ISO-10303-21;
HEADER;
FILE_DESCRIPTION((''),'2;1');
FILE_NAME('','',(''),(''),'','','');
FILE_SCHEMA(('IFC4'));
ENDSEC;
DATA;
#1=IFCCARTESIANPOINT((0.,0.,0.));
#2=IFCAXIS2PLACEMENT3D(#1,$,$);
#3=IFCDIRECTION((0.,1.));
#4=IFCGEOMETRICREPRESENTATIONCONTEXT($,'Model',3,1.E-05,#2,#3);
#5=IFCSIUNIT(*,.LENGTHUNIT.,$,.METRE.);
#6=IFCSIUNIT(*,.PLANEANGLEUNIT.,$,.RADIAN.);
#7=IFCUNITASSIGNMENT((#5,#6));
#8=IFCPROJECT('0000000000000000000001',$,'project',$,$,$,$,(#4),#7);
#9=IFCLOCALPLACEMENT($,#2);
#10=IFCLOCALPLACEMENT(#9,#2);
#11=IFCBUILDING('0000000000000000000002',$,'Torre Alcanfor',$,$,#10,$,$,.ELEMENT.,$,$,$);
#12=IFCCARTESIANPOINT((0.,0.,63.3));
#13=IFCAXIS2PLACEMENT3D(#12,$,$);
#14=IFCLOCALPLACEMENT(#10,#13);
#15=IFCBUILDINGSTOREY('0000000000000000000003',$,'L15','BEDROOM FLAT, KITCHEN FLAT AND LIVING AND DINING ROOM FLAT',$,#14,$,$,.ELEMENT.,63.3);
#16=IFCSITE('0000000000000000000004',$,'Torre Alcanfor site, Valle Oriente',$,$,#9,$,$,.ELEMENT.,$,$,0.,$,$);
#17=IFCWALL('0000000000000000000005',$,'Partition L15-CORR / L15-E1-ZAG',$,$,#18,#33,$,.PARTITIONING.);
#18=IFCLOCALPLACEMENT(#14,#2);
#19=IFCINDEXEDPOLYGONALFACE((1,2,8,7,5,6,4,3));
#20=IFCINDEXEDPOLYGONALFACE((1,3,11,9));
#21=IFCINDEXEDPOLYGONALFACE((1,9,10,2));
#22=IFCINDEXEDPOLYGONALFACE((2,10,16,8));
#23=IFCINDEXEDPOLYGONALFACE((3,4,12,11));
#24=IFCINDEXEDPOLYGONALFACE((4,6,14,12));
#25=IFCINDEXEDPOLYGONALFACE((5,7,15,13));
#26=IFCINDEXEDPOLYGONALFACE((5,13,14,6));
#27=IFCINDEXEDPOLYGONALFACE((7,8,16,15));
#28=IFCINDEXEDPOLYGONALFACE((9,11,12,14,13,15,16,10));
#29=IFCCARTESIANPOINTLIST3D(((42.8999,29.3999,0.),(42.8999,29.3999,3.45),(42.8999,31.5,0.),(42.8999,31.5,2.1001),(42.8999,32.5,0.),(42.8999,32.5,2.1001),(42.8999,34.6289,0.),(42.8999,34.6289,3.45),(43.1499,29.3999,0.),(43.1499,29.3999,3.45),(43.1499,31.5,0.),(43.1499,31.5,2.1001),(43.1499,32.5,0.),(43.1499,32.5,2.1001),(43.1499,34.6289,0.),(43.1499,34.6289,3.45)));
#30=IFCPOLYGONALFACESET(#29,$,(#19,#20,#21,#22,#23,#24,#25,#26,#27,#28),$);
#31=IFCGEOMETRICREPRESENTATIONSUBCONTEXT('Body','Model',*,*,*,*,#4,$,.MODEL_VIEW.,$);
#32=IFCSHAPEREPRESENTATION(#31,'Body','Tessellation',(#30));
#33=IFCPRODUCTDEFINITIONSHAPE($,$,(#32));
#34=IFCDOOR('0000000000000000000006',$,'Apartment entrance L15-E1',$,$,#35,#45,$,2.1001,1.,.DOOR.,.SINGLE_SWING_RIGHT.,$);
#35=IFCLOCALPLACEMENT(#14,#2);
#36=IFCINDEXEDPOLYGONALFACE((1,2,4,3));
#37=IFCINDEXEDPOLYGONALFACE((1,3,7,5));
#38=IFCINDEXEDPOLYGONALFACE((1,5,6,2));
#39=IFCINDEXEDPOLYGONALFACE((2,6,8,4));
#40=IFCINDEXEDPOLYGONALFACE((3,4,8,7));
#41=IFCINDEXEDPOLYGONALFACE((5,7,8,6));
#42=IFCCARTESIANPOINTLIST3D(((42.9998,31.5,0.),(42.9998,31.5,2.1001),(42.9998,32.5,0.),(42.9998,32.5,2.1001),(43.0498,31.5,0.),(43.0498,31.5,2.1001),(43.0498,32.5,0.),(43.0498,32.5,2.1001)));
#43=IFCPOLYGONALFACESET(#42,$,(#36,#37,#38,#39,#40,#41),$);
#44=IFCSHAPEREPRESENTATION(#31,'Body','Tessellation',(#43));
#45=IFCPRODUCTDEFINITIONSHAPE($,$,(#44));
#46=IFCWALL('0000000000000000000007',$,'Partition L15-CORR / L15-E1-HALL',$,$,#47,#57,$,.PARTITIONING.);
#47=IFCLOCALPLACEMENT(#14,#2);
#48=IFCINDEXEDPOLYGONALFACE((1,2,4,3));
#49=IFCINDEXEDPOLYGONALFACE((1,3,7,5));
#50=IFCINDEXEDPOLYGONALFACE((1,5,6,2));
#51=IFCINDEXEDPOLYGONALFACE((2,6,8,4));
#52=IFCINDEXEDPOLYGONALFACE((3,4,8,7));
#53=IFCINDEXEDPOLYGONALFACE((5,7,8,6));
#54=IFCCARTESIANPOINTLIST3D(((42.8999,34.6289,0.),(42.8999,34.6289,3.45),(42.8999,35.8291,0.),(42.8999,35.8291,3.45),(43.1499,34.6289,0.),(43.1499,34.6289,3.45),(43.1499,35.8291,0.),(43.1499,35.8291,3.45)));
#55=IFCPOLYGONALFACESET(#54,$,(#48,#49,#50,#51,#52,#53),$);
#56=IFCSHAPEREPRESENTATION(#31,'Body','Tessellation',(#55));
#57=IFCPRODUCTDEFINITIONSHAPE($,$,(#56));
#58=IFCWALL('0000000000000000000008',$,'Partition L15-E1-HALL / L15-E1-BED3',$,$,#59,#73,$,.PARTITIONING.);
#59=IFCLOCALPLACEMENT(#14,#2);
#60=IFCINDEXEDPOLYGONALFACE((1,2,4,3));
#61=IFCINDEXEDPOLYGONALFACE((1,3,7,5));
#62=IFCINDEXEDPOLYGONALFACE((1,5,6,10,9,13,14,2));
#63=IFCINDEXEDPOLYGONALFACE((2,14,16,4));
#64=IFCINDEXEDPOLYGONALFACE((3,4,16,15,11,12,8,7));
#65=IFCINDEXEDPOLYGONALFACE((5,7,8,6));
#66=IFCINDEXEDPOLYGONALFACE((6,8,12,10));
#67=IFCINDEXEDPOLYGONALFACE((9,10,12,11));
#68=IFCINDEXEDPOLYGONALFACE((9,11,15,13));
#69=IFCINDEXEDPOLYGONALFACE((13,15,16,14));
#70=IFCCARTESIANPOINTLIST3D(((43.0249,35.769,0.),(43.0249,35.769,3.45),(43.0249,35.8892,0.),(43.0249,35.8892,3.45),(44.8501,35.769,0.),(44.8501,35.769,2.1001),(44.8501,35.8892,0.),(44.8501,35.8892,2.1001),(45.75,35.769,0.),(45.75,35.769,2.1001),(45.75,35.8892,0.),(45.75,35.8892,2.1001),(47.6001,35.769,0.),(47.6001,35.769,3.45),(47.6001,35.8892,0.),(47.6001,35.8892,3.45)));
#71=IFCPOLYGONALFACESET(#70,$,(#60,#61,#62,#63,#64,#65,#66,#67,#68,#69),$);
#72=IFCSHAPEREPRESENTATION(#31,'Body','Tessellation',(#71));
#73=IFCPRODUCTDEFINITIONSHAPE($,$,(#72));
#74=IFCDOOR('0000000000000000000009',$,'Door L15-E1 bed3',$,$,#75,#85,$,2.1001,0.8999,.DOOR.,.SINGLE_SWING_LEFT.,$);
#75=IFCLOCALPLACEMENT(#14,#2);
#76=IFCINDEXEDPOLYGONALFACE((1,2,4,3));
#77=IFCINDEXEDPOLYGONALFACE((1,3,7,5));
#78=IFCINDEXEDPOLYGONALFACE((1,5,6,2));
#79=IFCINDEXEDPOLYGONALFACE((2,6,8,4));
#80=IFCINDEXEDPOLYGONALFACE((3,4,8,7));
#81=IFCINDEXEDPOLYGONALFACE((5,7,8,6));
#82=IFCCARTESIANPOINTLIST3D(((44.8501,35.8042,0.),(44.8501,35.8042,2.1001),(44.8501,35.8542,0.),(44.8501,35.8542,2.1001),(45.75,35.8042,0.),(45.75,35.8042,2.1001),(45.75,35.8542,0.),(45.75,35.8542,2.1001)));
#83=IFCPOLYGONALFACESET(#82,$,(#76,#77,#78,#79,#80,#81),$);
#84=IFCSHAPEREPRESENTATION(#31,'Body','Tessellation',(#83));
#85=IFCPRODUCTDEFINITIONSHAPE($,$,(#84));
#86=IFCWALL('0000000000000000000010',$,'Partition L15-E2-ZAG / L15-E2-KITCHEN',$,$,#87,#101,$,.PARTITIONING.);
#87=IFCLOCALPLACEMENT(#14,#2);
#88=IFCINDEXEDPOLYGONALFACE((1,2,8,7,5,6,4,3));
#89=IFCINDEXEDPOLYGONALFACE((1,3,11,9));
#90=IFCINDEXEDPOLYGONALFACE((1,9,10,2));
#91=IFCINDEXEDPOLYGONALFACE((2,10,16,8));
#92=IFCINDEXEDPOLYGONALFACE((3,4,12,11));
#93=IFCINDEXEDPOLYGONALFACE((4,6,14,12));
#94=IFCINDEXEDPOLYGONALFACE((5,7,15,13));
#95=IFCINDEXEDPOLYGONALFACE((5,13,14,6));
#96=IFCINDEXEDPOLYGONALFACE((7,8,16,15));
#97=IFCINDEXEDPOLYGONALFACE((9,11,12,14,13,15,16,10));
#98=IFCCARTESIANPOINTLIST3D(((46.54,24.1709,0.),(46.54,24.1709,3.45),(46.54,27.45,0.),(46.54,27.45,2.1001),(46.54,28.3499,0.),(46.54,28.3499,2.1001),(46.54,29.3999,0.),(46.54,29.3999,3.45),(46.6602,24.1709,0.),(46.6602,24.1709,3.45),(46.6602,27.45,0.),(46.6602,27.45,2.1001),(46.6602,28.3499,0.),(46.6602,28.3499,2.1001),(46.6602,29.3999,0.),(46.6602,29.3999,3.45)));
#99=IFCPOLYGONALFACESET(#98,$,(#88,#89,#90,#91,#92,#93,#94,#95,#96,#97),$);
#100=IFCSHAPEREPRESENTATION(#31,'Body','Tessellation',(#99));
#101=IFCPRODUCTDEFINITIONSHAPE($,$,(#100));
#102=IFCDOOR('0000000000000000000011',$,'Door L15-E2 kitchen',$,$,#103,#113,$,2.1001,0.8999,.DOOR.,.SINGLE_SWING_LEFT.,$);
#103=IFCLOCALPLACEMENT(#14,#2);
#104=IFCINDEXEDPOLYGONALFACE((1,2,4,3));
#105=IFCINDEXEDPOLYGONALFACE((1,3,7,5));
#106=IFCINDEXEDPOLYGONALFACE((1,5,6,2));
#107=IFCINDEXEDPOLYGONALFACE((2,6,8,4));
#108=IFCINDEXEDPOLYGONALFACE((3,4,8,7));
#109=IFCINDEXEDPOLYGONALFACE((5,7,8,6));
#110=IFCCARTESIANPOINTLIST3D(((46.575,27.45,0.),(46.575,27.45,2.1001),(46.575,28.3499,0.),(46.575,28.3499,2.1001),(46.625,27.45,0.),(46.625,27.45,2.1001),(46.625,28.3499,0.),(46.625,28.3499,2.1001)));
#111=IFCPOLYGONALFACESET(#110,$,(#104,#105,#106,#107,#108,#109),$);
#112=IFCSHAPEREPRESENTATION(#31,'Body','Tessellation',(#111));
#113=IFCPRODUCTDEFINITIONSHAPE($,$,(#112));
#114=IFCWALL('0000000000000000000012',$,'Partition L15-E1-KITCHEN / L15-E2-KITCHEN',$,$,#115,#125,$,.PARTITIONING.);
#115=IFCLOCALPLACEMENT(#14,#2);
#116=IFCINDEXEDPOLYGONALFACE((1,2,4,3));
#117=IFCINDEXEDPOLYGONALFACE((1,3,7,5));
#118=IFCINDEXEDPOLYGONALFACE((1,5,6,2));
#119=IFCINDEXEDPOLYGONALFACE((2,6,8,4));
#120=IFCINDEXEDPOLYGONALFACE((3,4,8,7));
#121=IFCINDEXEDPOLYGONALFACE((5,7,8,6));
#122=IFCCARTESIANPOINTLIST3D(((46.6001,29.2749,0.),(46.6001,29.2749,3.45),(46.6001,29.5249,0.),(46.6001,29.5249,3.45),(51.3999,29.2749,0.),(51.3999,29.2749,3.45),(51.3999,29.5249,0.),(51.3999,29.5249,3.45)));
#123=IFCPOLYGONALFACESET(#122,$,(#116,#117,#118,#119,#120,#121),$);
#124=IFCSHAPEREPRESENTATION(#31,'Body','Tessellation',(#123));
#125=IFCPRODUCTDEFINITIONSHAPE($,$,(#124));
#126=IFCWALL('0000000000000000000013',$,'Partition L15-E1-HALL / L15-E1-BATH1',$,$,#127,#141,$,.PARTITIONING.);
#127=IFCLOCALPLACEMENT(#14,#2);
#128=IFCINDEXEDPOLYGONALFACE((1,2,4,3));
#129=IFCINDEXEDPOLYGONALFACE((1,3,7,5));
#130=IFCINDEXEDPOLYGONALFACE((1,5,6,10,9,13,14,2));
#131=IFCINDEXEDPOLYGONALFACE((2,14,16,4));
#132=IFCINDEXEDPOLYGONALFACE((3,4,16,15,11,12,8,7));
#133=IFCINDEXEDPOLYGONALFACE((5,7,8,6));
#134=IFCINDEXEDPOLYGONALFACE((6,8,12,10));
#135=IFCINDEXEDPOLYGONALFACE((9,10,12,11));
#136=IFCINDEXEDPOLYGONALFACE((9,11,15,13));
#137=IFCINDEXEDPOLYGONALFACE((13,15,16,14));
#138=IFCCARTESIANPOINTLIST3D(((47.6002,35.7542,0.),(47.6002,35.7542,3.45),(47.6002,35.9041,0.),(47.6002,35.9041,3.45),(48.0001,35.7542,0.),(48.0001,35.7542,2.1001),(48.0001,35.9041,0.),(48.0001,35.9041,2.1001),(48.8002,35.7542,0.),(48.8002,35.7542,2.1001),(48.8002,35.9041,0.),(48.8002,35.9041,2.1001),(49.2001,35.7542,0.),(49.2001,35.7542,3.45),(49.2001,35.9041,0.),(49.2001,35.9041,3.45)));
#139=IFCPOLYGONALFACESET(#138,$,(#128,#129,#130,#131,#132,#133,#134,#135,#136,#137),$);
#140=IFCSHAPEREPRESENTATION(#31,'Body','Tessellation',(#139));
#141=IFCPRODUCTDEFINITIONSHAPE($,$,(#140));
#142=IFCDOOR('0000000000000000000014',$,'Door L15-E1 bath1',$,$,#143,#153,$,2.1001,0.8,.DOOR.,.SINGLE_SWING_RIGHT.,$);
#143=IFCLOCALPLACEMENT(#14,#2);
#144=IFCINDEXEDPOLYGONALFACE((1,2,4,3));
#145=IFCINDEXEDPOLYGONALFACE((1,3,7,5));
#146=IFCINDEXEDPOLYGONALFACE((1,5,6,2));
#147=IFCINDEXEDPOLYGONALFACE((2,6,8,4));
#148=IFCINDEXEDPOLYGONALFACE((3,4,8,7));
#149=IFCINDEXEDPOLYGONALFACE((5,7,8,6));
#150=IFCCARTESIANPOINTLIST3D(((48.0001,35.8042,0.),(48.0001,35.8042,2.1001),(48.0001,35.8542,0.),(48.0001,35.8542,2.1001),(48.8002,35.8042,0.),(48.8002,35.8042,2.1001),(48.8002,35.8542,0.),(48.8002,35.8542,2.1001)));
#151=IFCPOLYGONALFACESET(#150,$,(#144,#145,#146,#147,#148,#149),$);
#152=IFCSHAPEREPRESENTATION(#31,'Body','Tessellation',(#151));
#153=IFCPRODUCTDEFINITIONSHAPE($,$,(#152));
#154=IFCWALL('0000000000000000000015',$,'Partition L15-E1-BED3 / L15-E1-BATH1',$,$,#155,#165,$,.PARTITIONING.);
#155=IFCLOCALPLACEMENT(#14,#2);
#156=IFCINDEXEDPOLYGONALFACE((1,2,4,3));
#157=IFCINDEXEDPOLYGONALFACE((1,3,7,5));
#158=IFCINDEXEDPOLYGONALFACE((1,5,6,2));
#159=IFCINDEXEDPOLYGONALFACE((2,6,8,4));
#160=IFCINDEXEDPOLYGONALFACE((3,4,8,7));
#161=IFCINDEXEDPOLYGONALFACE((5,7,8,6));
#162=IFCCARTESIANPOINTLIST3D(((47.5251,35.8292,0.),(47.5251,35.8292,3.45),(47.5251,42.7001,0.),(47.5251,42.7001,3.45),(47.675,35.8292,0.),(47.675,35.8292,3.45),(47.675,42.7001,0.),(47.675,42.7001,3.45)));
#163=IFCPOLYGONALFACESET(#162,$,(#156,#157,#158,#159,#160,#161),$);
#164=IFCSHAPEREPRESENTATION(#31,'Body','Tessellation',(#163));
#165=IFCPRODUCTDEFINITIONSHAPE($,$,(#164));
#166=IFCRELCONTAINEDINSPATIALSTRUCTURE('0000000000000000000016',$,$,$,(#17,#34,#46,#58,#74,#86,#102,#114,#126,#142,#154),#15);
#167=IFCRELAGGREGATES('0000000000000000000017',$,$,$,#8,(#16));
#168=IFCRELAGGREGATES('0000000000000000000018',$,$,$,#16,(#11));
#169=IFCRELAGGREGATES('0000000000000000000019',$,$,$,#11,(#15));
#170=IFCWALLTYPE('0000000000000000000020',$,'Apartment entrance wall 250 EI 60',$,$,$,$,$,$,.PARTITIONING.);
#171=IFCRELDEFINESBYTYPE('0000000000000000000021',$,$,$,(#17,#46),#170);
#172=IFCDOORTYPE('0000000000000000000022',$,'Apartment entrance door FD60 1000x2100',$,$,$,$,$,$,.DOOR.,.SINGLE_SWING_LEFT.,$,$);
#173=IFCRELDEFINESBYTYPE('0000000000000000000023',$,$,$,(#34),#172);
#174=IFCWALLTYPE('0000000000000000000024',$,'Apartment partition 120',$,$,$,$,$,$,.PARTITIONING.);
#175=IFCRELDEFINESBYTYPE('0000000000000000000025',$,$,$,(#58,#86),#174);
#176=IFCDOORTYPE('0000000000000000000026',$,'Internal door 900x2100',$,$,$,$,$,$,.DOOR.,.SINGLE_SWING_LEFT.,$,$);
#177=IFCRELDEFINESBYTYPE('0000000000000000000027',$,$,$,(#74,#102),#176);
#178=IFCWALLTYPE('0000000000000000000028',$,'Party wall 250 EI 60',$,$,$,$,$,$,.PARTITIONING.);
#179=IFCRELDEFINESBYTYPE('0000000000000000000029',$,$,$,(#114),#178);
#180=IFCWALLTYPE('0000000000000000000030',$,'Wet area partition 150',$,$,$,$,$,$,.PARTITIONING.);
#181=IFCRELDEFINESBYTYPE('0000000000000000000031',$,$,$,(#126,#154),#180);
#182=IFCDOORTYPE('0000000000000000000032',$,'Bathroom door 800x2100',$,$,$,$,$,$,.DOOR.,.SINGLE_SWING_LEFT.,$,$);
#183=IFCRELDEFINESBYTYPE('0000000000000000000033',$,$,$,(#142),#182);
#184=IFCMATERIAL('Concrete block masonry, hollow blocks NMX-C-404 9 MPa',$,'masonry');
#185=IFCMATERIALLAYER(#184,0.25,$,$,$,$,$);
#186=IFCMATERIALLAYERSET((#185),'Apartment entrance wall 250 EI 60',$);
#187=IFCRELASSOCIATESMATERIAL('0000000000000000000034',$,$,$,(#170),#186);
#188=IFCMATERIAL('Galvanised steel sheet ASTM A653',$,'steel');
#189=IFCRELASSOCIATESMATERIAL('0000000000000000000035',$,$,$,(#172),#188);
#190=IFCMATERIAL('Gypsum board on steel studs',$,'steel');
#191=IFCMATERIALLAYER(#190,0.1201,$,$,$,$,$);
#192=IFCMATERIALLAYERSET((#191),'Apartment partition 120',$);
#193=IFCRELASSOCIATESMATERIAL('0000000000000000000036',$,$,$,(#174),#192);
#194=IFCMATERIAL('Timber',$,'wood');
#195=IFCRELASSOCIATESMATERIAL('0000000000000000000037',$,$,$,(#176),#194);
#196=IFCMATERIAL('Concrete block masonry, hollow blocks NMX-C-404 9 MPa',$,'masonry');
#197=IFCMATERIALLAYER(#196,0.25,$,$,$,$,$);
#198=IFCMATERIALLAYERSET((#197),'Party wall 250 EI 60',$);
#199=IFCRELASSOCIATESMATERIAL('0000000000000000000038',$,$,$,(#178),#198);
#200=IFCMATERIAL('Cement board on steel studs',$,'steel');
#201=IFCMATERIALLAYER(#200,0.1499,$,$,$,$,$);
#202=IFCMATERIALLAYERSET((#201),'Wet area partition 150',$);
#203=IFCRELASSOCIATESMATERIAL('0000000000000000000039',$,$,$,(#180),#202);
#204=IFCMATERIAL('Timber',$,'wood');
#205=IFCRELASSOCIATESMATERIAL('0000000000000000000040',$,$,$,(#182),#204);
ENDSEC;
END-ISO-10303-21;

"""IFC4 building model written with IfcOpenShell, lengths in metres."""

from ifc_helpers import new_model, si_unit, direction, frame, frame_2d, origin, place, context, subcontext, project, spatial, rectangle, extrude, material, layer, layer_set, type_object, element, fill, save


model = new_model("IFC4")

# Units and contexts
model_context = context("Model", 3, precision=1e-05, world=origin(), true_north=direction((0.0, 1.0)))
body_context = subcontext(model_context, "Body", "Model", "MODEL_VIEW")
ifc_project = project(units=[si_unit("LENGTHUNIT", "METRE"), si_unit("PLANEANGLEUNIT", "RADIAN")], contexts=[model_context])

# Site, building, storey
site_placement = place(None, origin())
site = spatial("IfcSite", under=ifc_project, at=site_placement, Name="Torre Alcanfor site, Valle Oriente", CompositionType="ELEMENT", RefElevation=0.0)
building_placement = place(site_placement, origin())
building = spatial("IfcBuilding", under=site, at=building_placement, Name="Torre Alcanfor", CompositionType="ELEMENT")
storey_placement = place(building_placement, frame((0.0, 0.0, 63.3)))
storey = spatial("IfcBuildingStorey", under=building, at=storey_placement, Name="L15", Description="BEDROOM FLAT, KITCHEN FLAT AND LIVING AND DINING ROOM FLAT", CompositionType="ELEMENT", Elevation=63.3)

# Wall, opening, door
ifc_material_1 = material(Name="Concrete block masonry, hollow blocks NMX-C-404 9 MPa", Category="masonry")
ifc_layer_1 = layer(ifc_material_1, 0.25)
ifc_layer_set_1 = layer_set([ifc_layer_1], Name="Apartment entrance wall 250 EI 60")
wall_type_1 = type_object("IfcWallType", Name="Apartment entrance wall 250 EI 60", PredefinedType="PARTITIONING", material=ifc_layer_set_1)
wall_1_placement = place(storey_placement, frame((43.0249, 34.6289, 0.0), z_axis=(0.0, 0.0, 1.0), x_axis=(0.0, -1.0, 0.0)))
wall_1 = element("IfcWall", 1, at=wall_1_placement, inside=storey, type_object=wall_type_1, Name="Partition L15-CORR / L15-E1-ZAG", PredefinedType="PARTITIONING", context=body_context, shape_type="SweptSolid", body=[
    extrude(rectangle(XDim=5.229, YDim=0.25, at=frame_2d((2.6145, 0.0))), origin(), (0.0, 0.0, 1.0), 3.45),
])
opening_1_placement = place(wall_1_placement, frame((2.1289, 0.0, 0.0)))
opening_1 = element("IfcOpeningElement", 2, at=opening_1_placement, cuts=wall_1, PredefinedType="OPENING", context=body_context, shape_type="SweptSolid", body=[
    extrude(rectangle(XDim=1.0, YDim=2.1001, at=frame_2d((0.5, 1.05))), frame((0.0, 0.135, 0.0), z_axis=(0.0, -1.0, 0.0), x_axis=(1.0, 0.0, 0.0)), (0.0, 0.0, 1.0), 0.27),
])
ifc_material_2 = material(Name="Galvanised steel sheet ASTM A653", Category="steel")
door_type_1 = type_object("IfcDoorType", Name="Apartment entrance door FD60 1000x2100", OperationType="SINGLE_SWING_LEFT", PredefinedType="DOOR", material=ifc_material_2)
door_1_placement = place(opening_1_placement, origin())
door_1 = element("IfcDoor", 3, at=door_1_placement, inside=storey, type_object=door_type_1, Name="Apartment entrance L15-E1", OperationType="SINGLE_SWING_RIGHT", OverallHeight=2.1001, OverallWidth=1.0, PredefinedType="DOOR", context=body_context, shape_type="SweptSolid", body=[
    extrude(rectangle(XDim=1.0, YDim=2.1001, at=frame_2d((0.5, 1.05))), frame((0.0, 0.0249, 0.0), z_axis=(0.0, -1.0, 0.0), x_axis=(1.0, 0.0, 0.0)), (0.0, 0.0, 1.0), 0.05),
])
fill(opening_1, door_1)

# Wall
wall_2_placement = place(storey_placement, frame((43.0249, 35.8291, 0.0), z_axis=(0.0, 0.0, 1.0), x_axis=(0.0, -1.0, 0.0)))
element("IfcWall", 4, at=wall_2_placement, inside=storey, type_object=wall_type_1, Name="Partition L15-CORR / L15-E1-HALL", PredefinedType="PARTITIONING", context=body_context, shape_type="SweptSolid", body=[
    extrude(rectangle(XDim=1.2002, YDim=0.25, at=frame_2d((0.6001, 0.0))), origin(), (0.0, 0.0, 1.0), 3.45),
])

# Walls, openings, doors
ifc_material_3 = material(Name="Gypsum board on steel studs", Category="steel")
ifc_layer_2 = layer(ifc_material_3, 0.1201)
ifc_layer_set_2 = layer_set([ifc_layer_2], Name="Apartment partition 120")
wall_type_2 = type_object("IfcWallType", Name="Apartment partition 120", PredefinedType="PARTITIONING", material=ifc_layer_set_2)
wall_3_placement = place(storey_placement, frame((47.6001, 35.8291, 0.0), z_axis=(0.0, 0.0, 1.0), x_axis=(-1.0, 0.0, 0.0)))
wall_3 = element("IfcWall", 5, at=wall_3_placement, inside=storey, type_object=wall_type_2, Name="Partition L15-E1-HALL / L15-E1-BED3", PredefinedType="PARTITIONING", context=body_context, shape_type="SweptSolid", body=[
    extrude(rectangle(XDim=4.5752, YDim=0.1201, at=frame_2d((2.2876, 0.0))), origin(), (0.0, 0.0, 1.0), 3.45),
])
opening_2_placement = place(wall_3_placement, frame((1.8501, 0.0, 0.0)))
opening_2 = element("IfcOpeningElement", 6, at=opening_2_placement, cuts=wall_3, PredefinedType="OPENING", context=body_context, shape_type="SweptSolid", body=[
    extrude(rectangle(XDim=0.8999, YDim=2.1001, at=frame_2d((0.45, 1.05))), frame((0.0, 0.0701, 0.0), z_axis=(0.0, -1.0, 0.0), x_axis=(1.0, 0.0, 0.0)), (0.0, 0.0, 1.0), 0.1401),
])
ifc_material_4 = material(Name="Timber", Category="wood")
door_type_2 = type_object("IfcDoorType", Name="Internal door 900x2100", OperationType="SINGLE_SWING_LEFT", PredefinedType="DOOR", material=ifc_material_4)
door_2_placement = place(opening_2_placement, frame((0.8999, 0.0, 0.0), z_axis=(0.0, 0.0, 1.0), x_axis=(-1.0, 0.0, 0.0)))
door_2 = element("IfcDoor", 7, at=door_2_placement, inside=storey, type_object=door_type_2, Name="Door L15-E1 bed3", OperationType="SINGLE_SWING_LEFT", OverallHeight=2.1001, OverallWidth=0.8999, PredefinedType="DOOR", context=body_context, shape_type="SweptSolid", body=[
    extrude(rectangle(XDim=0.8999, YDim=2.1001, at=frame_2d((0.45, 1.05))), frame((0.0, 0.0251, 0.0), z_axis=(0.0, -1.0, 0.0), x_axis=(1.0, 0.0, 0.0)), (0.0, 0.0, 1.0), 0.05),
])
fill(opening_2, door_2)
wall_4_placement = place(storey_placement, frame((46.6001, 29.3999, 0.0), z_axis=(0.0, 0.0, 1.0), x_axis=(0.0, -1.0, 0.0)))
wall_4 = element("IfcWall", 8, at=wall_4_placement, inside=storey, type_object=wall_type_2, Name="Partition L15-E2-ZAG / L15-E2-KITCHEN", PredefinedType="PARTITIONING", context=body_context, shape_type="SweptSolid", body=[
    extrude(rectangle(XDim=5.229, YDim=0.1201, at=frame_2d((2.6145, 0.0))), origin(), (0.0, 0.0, 1.0), 3.45),
])
opening_3_placement = place(wall_4_placement, frame((1.05, 0.0, 0.0)))
opening_3 = element("IfcOpeningElement", 9, at=opening_3_placement, cuts=wall_4, PredefinedType="OPENING", context=body_context, shape_type="SweptSolid", body=[
    extrude(rectangle(XDim=0.8999, YDim=2.1001, at=frame_2d((0.45, 1.05))), frame((0.0, 0.0701, 0.0), z_axis=(0.0, -1.0, 0.0), x_axis=(1.0, 0.0, 0.0)), (0.0, 0.0, 1.0), 0.1401),
])
door_3_placement = place(opening_3_placement, origin())
door_3 = element("IfcDoor", 10, at=door_3_placement, inside=storey, type_object=door_type_2, Name="Door L15-E2 kitchen", OperationType="SINGLE_SWING_LEFT", OverallHeight=2.1001, OverallWidth=0.8999, PredefinedType="DOOR", context=body_context, shape_type="SweptSolid", body=[
    extrude(rectangle(XDim=0.8999, YDim=2.1001, at=frame_2d((0.45, 1.05))), frame((0.0, 0.0249, 0.0), z_axis=(0.0, -1.0, 0.0), x_axis=(1.0, 0.0, 0.0)), (0.0, 0.0, 1.0), 0.05),
])
fill(opening_3, door_3)

# Wall
ifc_material_5 = material(Name="Concrete block masonry, hollow blocks NMX-C-404 9 MPa", Category="masonry")
ifc_layer_3 = layer(ifc_material_5, 0.25)
ifc_layer_set_3 = layer_set([ifc_layer_3], Name="Party wall 250 EI 60")
wall_type_3 = type_object("IfcWallType", Name="Party wall 250 EI 60", PredefinedType="PARTITIONING", material=ifc_layer_set_3)
wall_5_placement = place(storey_placement, frame((46.6001, 29.3999, 0.0), z_axis=(0.0, 0.0, 1.0), x_axis=(1.0, 0.0, 0.0)))
element("IfcWall", 11, at=wall_5_placement, inside=storey, type_object=wall_type_3, Name="Partition L15-E1-KITCHEN / L15-E2-KITCHEN", PredefinedType="PARTITIONING", context=body_context, shape_type="SweptSolid", body=[
    extrude(rectangle(XDim=4.7998, YDim=0.25, at=frame_2d((2.3999, 0.0))), origin(), (0.0, 0.0, 1.0), 3.45),
])

# Wall, opening, door
ifc_material_6 = material(Name="Cement board on steel studs", Category="steel")
ifc_layer_4 = layer(ifc_material_6, 0.1499)
ifc_layer_set_4 = layer_set([ifc_layer_4], Name="Wet area partition 150")
wall_type_4 = type_object("IfcWallType", Name="Wet area partition 150", PredefinedType="PARTITIONING", material=ifc_layer_set_4)
wall_6_placement = place(storey_placement, frame((49.2, 35.8291, 0.0), z_axis=(0.0, 0.0, 1.0), x_axis=(-1.0, 0.0, 0.0)))
wall_6 = element("IfcWall", 12, at=wall_6_placement, inside=storey, type_object=wall_type_4, Name="Partition L15-E1-HALL / L15-E1-BATH1", PredefinedType="PARTITIONING", context=body_context, shape_type="SweptSolid", body=[
    extrude(rectangle(XDim=1.5999, YDim=0.1499, at=frame_2d((0.7998, 0.0))), origin(), (0.0, 0.0, 1.0), 3.45),
])
opening_4_placement = place(wall_6_placement, frame((0.3999, 0.0, 0.0)))
opening_4 = element("IfcOpeningElement", 13, at=opening_4_placement, cuts=wall_6, PredefinedType="OPENING", context=body_context, shape_type="SweptSolid", body=[
    extrude(rectangle(XDim=0.8, YDim=2.1001, at=frame_2d((0.3999, 1.05))), frame((0.0, 0.085, 0.0), z_axis=(0.0, -1.0, 0.0), x_axis=(1.0, 0.0, 0.0)), (0.0, 0.0, 1.0), 0.1699),
])
ifc_material_7 = material(Name="Timber", Category="wood")
door_type_3 = type_object("IfcDoorType", Name="Bathroom door 800x2100", OperationType="SINGLE_SWING_LEFT", PredefinedType="DOOR", material=ifc_material_7)
door_4_placement = place(opening_4_placement, frame((0.8, 0.0, 0.0), z_axis=(0.0, 0.0, 1.0), x_axis=(-1.0, 0.0, 0.0)))
door_4 = element("IfcDoor", 14, at=door_4_placement, inside=storey, type_object=door_type_3, Name="Door L15-E1 bath1", OperationType="SINGLE_SWING_RIGHT", OverallHeight=2.1001, OverallWidth=0.8, PredefinedType="DOOR", context=body_context, shape_type="SweptSolid", body=[
    extrude(rectangle(XDim=0.8, YDim=2.1001, at=frame_2d((0.4001, 1.05))), frame((0.0, 0.0251, 0.0), z_axis=(0.0, -1.0, 0.0), x_axis=(1.0, 0.0, 0.0)), (0.0, 0.0, 1.0), 0.05),
])
fill(opening_4, door_4)

# Wall
for number, where, z_axis, x_axis, name in (
    (15, (47.6001, 35.8291, 0.0), (0.0, 0.0, 1.0), (0.0, 1.0, 0.0), "Partition L15-E1-BED3 / L15-E1-BATH1"),
):
    element("IfcWall", number, at=place(storey_placement, frame(where, z_axis=z_axis, x_axis=x_axis)), inside=storey, type_object=wall_type_4, Name=name, PredefinedType="PARTITIONING", context=body_context, shape_type="SweptSolid", body=[
        extrude(rectangle(XDim=6.8708, YDim=0.1499, at=frame_2d((3.4355, 0.0))), origin(), (0.0, 0.0, 1.0), 3.45),
    ])

save(model, "model.ifc")
